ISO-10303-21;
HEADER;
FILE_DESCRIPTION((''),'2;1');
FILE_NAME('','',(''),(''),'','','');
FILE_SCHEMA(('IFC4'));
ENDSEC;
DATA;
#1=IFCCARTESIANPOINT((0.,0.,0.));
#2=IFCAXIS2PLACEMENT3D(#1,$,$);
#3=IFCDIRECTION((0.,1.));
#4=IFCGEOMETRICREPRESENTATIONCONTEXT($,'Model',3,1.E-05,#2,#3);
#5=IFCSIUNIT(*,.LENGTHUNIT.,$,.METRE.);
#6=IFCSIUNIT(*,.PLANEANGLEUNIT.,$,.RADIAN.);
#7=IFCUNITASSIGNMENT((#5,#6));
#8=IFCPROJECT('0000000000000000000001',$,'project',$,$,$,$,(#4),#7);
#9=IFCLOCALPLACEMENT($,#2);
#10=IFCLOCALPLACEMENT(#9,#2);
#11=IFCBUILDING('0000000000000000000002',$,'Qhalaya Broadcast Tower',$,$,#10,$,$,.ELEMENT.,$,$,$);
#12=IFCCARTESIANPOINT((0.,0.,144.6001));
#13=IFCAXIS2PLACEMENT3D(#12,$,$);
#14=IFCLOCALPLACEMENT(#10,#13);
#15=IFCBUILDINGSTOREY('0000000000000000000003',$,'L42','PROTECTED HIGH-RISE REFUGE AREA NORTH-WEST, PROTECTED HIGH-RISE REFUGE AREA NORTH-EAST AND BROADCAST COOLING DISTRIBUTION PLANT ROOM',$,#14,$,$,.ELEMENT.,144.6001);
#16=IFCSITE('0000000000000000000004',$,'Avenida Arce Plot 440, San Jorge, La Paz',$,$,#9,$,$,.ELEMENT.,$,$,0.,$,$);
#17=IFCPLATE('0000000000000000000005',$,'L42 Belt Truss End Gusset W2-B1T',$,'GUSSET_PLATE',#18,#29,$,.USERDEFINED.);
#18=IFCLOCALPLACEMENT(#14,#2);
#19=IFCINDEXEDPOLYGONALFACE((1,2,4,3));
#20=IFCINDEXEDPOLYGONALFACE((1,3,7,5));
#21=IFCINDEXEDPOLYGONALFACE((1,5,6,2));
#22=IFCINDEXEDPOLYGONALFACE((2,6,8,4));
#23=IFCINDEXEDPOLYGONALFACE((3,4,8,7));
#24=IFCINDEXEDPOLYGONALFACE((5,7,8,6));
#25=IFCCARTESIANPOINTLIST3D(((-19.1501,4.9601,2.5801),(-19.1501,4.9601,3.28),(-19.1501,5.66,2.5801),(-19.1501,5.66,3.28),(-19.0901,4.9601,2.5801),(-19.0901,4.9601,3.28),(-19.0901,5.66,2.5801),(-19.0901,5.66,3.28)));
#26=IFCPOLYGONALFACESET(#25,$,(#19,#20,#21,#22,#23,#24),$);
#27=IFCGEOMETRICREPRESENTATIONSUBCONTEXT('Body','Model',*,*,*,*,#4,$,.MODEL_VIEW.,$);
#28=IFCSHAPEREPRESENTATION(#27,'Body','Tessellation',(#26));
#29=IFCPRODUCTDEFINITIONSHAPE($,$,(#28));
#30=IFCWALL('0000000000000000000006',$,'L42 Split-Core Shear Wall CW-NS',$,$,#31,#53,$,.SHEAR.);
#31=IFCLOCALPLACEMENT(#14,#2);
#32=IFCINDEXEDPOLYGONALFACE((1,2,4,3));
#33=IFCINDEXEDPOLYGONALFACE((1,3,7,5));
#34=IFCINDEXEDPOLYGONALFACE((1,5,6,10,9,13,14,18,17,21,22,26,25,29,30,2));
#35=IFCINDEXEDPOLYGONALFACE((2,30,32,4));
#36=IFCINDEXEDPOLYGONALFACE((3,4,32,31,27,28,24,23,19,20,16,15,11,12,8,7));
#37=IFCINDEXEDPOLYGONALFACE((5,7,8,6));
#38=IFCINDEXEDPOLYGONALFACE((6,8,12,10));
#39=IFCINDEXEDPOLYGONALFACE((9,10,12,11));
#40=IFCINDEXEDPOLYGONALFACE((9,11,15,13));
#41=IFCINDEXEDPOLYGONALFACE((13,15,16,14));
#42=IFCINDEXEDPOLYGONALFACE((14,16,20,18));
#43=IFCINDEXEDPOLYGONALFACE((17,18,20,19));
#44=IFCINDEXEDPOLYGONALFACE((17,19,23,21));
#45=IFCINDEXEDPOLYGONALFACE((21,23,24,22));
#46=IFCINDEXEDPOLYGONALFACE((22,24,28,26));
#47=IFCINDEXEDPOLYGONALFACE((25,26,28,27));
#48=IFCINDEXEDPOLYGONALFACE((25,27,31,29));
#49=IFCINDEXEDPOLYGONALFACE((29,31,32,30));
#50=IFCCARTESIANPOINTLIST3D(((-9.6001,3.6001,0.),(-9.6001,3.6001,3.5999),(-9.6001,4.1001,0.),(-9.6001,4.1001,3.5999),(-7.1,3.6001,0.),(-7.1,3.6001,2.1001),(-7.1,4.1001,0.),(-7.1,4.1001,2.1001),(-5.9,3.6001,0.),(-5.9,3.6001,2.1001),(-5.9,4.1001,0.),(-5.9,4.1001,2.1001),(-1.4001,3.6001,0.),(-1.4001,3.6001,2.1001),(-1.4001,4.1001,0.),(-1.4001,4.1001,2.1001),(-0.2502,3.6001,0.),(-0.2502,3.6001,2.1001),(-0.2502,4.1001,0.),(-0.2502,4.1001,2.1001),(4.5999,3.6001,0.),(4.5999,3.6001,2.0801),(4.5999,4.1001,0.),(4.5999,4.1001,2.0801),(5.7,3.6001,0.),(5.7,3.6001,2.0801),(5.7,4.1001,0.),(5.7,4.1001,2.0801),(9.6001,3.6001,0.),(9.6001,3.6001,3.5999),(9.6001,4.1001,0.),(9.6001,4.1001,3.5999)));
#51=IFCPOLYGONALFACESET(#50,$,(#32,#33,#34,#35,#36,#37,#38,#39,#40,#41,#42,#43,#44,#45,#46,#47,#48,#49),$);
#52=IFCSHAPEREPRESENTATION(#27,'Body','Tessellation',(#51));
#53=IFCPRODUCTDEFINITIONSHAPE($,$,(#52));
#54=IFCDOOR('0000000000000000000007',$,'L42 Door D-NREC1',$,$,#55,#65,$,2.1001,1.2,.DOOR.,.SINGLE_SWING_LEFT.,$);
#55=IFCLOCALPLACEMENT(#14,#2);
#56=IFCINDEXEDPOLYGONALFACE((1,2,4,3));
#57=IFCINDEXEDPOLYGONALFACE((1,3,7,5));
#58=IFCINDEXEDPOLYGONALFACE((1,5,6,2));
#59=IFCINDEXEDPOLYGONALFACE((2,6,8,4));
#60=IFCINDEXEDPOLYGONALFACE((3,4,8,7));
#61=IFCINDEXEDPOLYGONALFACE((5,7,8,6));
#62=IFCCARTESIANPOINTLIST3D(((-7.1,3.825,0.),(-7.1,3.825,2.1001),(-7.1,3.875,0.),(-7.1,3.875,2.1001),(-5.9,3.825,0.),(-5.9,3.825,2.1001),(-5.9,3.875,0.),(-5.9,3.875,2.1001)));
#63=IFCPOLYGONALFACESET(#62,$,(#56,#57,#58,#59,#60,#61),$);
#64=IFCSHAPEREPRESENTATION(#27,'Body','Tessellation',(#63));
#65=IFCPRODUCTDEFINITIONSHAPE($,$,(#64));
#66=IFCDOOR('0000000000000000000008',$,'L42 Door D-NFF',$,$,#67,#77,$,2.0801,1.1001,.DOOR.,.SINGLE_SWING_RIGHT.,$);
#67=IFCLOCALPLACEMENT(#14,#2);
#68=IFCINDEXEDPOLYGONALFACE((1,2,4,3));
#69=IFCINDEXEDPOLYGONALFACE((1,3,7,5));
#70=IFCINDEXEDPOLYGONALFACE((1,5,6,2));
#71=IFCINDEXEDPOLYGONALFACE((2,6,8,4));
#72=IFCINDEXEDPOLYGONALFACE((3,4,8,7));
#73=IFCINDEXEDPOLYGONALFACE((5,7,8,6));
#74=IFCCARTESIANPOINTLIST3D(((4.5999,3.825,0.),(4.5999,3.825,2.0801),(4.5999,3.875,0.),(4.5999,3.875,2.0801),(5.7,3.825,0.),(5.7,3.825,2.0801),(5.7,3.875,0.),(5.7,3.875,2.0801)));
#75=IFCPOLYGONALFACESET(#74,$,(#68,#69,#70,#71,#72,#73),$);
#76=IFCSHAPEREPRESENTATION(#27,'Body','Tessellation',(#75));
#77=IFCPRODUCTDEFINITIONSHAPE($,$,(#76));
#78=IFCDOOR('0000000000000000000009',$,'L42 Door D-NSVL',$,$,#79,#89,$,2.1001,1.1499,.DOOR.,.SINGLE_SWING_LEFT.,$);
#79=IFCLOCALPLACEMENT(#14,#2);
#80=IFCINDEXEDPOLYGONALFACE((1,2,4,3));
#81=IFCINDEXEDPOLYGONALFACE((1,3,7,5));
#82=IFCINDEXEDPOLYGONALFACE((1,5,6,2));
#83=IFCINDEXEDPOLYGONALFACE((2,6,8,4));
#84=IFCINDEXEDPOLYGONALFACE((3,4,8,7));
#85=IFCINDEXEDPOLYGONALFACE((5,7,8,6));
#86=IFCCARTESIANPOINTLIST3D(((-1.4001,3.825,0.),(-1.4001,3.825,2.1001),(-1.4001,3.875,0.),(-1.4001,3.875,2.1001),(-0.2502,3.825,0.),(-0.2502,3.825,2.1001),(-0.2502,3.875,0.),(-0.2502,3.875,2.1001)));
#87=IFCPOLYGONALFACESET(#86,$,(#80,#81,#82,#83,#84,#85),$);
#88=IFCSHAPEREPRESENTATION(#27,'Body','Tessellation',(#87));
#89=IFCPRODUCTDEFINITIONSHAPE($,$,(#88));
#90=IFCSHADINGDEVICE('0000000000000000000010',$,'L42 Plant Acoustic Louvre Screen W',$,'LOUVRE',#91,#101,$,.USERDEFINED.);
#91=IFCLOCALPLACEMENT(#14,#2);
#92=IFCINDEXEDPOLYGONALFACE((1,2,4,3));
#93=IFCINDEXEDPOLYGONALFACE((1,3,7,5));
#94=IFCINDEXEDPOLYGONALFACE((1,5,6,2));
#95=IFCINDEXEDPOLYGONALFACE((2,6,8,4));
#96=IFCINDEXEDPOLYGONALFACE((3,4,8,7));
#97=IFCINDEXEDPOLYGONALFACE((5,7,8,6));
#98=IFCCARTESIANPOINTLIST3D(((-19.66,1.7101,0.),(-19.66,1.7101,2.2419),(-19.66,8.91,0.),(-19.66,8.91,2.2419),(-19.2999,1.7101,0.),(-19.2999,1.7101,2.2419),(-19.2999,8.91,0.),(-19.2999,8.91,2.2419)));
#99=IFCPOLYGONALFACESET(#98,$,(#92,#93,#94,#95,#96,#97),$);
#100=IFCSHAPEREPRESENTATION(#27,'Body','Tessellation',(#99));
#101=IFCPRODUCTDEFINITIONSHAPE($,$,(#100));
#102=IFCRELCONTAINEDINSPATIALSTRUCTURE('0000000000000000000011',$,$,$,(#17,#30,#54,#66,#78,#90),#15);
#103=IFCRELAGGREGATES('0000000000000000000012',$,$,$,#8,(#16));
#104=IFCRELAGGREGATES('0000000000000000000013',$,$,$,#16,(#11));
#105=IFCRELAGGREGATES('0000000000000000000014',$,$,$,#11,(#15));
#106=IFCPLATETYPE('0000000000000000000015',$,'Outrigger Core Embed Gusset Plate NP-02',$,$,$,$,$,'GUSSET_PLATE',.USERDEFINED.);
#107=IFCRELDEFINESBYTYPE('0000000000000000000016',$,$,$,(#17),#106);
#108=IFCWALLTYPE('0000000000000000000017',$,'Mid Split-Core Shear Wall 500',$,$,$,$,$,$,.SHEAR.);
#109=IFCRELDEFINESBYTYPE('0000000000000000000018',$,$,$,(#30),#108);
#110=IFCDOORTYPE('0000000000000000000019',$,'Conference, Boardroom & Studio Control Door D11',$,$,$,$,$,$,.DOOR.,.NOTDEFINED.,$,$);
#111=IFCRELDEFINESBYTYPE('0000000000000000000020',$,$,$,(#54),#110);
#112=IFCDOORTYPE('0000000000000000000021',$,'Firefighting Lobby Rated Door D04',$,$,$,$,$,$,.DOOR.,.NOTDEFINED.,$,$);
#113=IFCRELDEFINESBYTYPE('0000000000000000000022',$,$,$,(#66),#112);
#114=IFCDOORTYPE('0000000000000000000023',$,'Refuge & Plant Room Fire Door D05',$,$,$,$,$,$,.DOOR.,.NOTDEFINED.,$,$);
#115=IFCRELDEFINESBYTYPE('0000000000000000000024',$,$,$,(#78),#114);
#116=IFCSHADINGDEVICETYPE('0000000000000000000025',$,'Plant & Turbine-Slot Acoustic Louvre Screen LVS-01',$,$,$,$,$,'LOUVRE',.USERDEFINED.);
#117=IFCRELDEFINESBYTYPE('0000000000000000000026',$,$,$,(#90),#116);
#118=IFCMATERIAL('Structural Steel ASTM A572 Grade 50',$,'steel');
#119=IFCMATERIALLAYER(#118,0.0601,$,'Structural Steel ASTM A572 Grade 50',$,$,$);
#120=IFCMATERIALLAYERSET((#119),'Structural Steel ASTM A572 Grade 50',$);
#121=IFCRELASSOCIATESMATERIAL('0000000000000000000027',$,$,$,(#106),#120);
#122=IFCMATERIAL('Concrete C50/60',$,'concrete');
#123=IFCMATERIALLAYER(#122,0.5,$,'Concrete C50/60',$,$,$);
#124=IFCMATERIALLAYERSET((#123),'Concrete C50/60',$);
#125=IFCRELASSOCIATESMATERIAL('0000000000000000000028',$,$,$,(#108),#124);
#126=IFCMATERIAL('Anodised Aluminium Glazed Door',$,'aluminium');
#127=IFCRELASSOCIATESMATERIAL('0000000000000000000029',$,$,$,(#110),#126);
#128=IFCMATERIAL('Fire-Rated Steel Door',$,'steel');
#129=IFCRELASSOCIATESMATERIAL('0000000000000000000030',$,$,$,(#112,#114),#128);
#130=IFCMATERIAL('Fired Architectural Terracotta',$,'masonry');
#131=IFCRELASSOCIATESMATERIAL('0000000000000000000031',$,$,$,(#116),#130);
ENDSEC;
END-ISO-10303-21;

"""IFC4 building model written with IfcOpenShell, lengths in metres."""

from ifc_helpers import new_model, si_unit, direction, frame, frame_2d, origin, origin_2d, place, context, subcontext, project, spatial, rectangle, extrude, material, layer, layer_set, type_object, element, fill, save


model = new_model("IFC4")

# Units and contexts
model_context = context("Model", 3, precision=1e-05, world=origin(), true_north=direction((0.0, 1.0)))
body_context = subcontext(model_context, "Body", "Model", "MODEL_VIEW")
ifc_project = project(units=[si_unit("LENGTHUNIT", "METRE"), si_unit("PLANEANGLEUNIT", "RADIAN")], contexts=[model_context])

# Site, building, storey
site_placement = place(None, origin())
site = spatial("IfcSite", under=ifc_project, at=site_placement, Name="Avenida Arce Plot 440, San Jorge, La Paz", CompositionType="ELEMENT", RefElevation=0.0)
building_placement = place(site_placement, origin())
building = spatial("IfcBuilding", under=site, at=building_placement, Name="Qhalaya Broadcast Tower", CompositionType="ELEMENT")
storey_placement = place(building_placement, frame((0.0, 0.0, 144.6001)))
storey = spatial("IfcBuildingStorey", under=building, at=storey_placement, Name="L42", Description="PROTECTED HIGH-RISE REFUGE AREA NORTH-WEST, PROTECTED HIGH-RISE REFUGE AREA NORTH-EAST AND BROADCAST COOLING DISTRIBUTION PLANT ROOM", CompositionType="ELEMENT", Elevation=144.6001)

# Shared definitions
ifc_material_1 = material(Name="Structural Steel ASTM A572 Grade 50", Category="steel")

# Plate
ifc_layer_1 = layer(ifc_material_1, 0.0601, Name="Structural Steel ASTM A572 Grade 50")
ifc_layer_set_1 = layer_set([ifc_layer_1], Name="Structural Steel ASTM A572 Grade 50")
plate_type_1 = type_object("IfcPlateType", Name="Outrigger Core Embed Gusset Plate NP-02", ElementType="GUSSET_PLATE", PredefinedType="USERDEFINED", material=ifc_layer_set_1)
for number, where, z_axis, x_axis, name in (
    (1, (-19.1201, 5.3101, 2.5801), (0.0, 0.0, 1.0), (0.0, 1.0, 0.0), "L42 Belt Truss End Gusset W2-B1T"),
):
    element("IfcPlate", number, at=place(storey_placement, frame(where, z_axis=z_axis, x_axis=x_axis)), inside=storey, type_object=plate_type_1, Name=name, ObjectType="GUSSET_PLATE", PredefinedType="USERDEFINED", context=body_context, shape_type="SweptSolid", body=[
        extrude(rectangle(XDim=0.7, YDim=0.0601, at=origin_2d()), origin(), (0.0, 0.0, 1.0), 0.7),
    ])

# Wall, openings, doors
ifc_material_2 = material(Name="Concrete C50/60", Category="concrete")
ifc_layer_2 = layer(ifc_material_2, 0.5, Name="Concrete C50/60")
ifc_layer_set_2 = layer_set([ifc_layer_2], Name="Concrete C50/60")
wall_type = type_object("IfcWallType", Name="Mid Split-Core Shear Wall 500", PredefinedType="SHEAR", material=ifc_layer_set_2)
wall_placement = place(storey_placement, frame((-9.6001, 3.8501, 0.0), z_axis=(0.0, 0.0, 1.0), x_axis=(1.0, 0.0, 0.0)))
wall = element("IfcWall", 2, at=wall_placement, inside=storey, type_object=wall_type, Name="L42 Split-Core Shear Wall CW-NS", PredefinedType="SHEAR", context=body_context, shape_type="SweptSolid", body=[
    extrude(rectangle(XDim=19.2002, YDim=0.5, at=frame_2d((9.6001, 0.0))), origin(), (0.0, 0.0, 1.0), 3.5999),
])
opening_1_placement = place(wall_placement, frame((14.2, 0.0, 0.0)))
opening_1 = element("IfcOpeningElement", 3, at=opening_1_placement, cuts=wall, PredefinedType="OPENING", context=body_context, shape_type="SweptSolid", body=[
    extrude(rectangle(XDim=1.1001, YDim=2.0801, at=frame_2d((0.55, 1.04))), frame((0.0, 0.262, 0.0), z_axis=(0.0, -1.0, 0.0), x_axis=(1.0, 0.0, 0.0)), (0.0, 0.0, 1.0), 0.5239),
])
opening_2_placement = place(wall_placement, frame((8.2, 0.0, 0.0)))
opening_2 = element("IfcOpeningElement", 4, at=opening_2_placement, cuts=wall, PredefinedType="OPENING", context=body_context, shape_type="SweptSolid", body=[
    extrude(rectangle(XDim=1.1499, YDim=2.1001, at=frame_2d((0.575, 1.05))), frame((0.0, 0.262, 0.0), z_axis=(0.0, -1.0, 0.0), x_axis=(1.0, 0.0, 0.0)), (0.0, 0.0, 1.0), 0.5239),
])
opening_3_placement = place(wall_placement, frame((2.5, 0.0, 0.0)))
opening_3 = element("IfcOpeningElement", 5, at=opening_3_placement, cuts=wall, PredefinedType="OPENING", context=body_context, shape_type="SweptSolid", body=[
    extrude(rectangle(XDim=1.2, YDim=2.1001, at=frame_2d((0.6001, 1.05))), frame((0.0, 0.262, 0.0), z_axis=(0.0, -1.0, 0.0), x_axis=(1.0, 0.0, 0.0)), (0.0, 0.0, 1.0), 0.5239),
])
ifc_material_3 = material(Name="Anodised Aluminium Glazed Door", Category="aluminium")
door_type_1 = type_object("IfcDoorType", Name="Conference, Boardroom & Studio Control Door D11", OperationType="NOTDEFINED", PredefinedType="DOOR", material=ifc_material_3)
door_1_placement = place(opening_3_placement, origin())
door_1 = element("IfcDoor", 6, at=door_1_placement, inside=storey, type_object=door_type_1, Name="L42 Door D-NREC1", OperationType="SINGLE_SWING_LEFT", OverallHeight=2.1001, OverallWidth=1.2, PredefinedType="DOOR", context=body_context, shape_type="SweptSolid", body=[
    extrude(rectangle(XDim=1.2, YDim=2.1001, at=frame_2d((0.6001, 1.05))), frame((0.0, 0.0249, 0.0), z_axis=(0.0, -1.0, 0.0), x_axis=(1.0, 0.0, 0.0)), (0.0, 0.0, 1.0), 0.05),
])
fill(opening_3, door_1)
ifc_material_4 = material(Name="Fire-Rated Steel Door", Category="steel")
door_type_2 = type_object("IfcDoorType", Name="Firefighting Lobby Rated Door D04", OperationType="NOTDEFINED", PredefinedType="DOOR", material=ifc_material_4)
door_2_placement = place(opening_1_placement, origin())
door_2 = element("IfcDoor", 7, at=door_2_placement, inside=storey, type_object=door_type_2, Name="L42 Door D-NFF", OperationType="SINGLE_SWING_RIGHT", OverallHeight=2.0801, OverallWidth=1.1001, PredefinedType="DOOR", context=body_context, shape_type="SweptSolid", body=[
    extrude(rectangle(XDim=1.1001, YDim=2.0801, at=frame_2d((0.55, 1.04))), frame((0.0, 0.0249, 0.0), z_axis=(0.0, -1.0, 0.0), x_axis=(1.0, 0.0, 0.0)), (0.0, 0.0, 1.0), 0.05),
])
fill(opening_1, door_2)
door_type_3 = type_object("IfcDoorType", Name="Refuge & Plant Room Fire Door D05", OperationType="NOTDEFINED", PredefinedType="DOOR", material=ifc_material_4)
door_3_placement = place(opening_2_placement, origin())
door_3 = element("IfcDoor", 8, at=door_3_placement, inside=storey, type_object=door_type_3, Name="L42 Door D-NSVL", OperationType="SINGLE_SWING_LEFT", OverallHeight=2.1001, OverallWidth=1.1499, PredefinedType="DOOR", context=body_context, shape_type="SweptSolid", body=[
    extrude(rectangle(XDim=1.1499, YDim=2.1001, at=frame_2d((0.575, 1.05))), frame((0.0, 0.0249, 0.0), z_axis=(0.0, -1.0, 0.0), x_axis=(1.0, 0.0, 0.0)), (0.0, 0.0, 1.0), 0.05),
])
fill(opening_2, door_3)

# Shading device
ifc_material_5 = material(Name="Fired Architectural Terracotta", Category="masonry")
shading_device_type = type_object("IfcShadingDeviceType", Name="Plant & Turbine-Slot Acoustic Louvre Screen LVS-01", ElementType="LOUVRE", PredefinedType="USERDEFINED", material=ifc_material_5)
shading_device_placement = place(storey_placement, frame((-19.48, 5.3101, 0.0), z_axis=(0.0, 0.0, 1.0), x_axis=(0.0, 1.0, 0.0)))
element("IfcShadingDevice", 9, at=shading_device_placement, inside=storey, type_object=shading_device_type, Name="L42 Plant Acoustic Louvre Screen W", ObjectType="LOUVRE", PredefinedType="USERDEFINED", context=body_context, shape_type="SweptSolid", body=[
    extrude(rectangle(XDim=7.2, YDim=0.3601, at=origin_2d()), origin(), (0.0, 0.0, 1.0), 2.2419),
])

save(model, "model.ifc")
